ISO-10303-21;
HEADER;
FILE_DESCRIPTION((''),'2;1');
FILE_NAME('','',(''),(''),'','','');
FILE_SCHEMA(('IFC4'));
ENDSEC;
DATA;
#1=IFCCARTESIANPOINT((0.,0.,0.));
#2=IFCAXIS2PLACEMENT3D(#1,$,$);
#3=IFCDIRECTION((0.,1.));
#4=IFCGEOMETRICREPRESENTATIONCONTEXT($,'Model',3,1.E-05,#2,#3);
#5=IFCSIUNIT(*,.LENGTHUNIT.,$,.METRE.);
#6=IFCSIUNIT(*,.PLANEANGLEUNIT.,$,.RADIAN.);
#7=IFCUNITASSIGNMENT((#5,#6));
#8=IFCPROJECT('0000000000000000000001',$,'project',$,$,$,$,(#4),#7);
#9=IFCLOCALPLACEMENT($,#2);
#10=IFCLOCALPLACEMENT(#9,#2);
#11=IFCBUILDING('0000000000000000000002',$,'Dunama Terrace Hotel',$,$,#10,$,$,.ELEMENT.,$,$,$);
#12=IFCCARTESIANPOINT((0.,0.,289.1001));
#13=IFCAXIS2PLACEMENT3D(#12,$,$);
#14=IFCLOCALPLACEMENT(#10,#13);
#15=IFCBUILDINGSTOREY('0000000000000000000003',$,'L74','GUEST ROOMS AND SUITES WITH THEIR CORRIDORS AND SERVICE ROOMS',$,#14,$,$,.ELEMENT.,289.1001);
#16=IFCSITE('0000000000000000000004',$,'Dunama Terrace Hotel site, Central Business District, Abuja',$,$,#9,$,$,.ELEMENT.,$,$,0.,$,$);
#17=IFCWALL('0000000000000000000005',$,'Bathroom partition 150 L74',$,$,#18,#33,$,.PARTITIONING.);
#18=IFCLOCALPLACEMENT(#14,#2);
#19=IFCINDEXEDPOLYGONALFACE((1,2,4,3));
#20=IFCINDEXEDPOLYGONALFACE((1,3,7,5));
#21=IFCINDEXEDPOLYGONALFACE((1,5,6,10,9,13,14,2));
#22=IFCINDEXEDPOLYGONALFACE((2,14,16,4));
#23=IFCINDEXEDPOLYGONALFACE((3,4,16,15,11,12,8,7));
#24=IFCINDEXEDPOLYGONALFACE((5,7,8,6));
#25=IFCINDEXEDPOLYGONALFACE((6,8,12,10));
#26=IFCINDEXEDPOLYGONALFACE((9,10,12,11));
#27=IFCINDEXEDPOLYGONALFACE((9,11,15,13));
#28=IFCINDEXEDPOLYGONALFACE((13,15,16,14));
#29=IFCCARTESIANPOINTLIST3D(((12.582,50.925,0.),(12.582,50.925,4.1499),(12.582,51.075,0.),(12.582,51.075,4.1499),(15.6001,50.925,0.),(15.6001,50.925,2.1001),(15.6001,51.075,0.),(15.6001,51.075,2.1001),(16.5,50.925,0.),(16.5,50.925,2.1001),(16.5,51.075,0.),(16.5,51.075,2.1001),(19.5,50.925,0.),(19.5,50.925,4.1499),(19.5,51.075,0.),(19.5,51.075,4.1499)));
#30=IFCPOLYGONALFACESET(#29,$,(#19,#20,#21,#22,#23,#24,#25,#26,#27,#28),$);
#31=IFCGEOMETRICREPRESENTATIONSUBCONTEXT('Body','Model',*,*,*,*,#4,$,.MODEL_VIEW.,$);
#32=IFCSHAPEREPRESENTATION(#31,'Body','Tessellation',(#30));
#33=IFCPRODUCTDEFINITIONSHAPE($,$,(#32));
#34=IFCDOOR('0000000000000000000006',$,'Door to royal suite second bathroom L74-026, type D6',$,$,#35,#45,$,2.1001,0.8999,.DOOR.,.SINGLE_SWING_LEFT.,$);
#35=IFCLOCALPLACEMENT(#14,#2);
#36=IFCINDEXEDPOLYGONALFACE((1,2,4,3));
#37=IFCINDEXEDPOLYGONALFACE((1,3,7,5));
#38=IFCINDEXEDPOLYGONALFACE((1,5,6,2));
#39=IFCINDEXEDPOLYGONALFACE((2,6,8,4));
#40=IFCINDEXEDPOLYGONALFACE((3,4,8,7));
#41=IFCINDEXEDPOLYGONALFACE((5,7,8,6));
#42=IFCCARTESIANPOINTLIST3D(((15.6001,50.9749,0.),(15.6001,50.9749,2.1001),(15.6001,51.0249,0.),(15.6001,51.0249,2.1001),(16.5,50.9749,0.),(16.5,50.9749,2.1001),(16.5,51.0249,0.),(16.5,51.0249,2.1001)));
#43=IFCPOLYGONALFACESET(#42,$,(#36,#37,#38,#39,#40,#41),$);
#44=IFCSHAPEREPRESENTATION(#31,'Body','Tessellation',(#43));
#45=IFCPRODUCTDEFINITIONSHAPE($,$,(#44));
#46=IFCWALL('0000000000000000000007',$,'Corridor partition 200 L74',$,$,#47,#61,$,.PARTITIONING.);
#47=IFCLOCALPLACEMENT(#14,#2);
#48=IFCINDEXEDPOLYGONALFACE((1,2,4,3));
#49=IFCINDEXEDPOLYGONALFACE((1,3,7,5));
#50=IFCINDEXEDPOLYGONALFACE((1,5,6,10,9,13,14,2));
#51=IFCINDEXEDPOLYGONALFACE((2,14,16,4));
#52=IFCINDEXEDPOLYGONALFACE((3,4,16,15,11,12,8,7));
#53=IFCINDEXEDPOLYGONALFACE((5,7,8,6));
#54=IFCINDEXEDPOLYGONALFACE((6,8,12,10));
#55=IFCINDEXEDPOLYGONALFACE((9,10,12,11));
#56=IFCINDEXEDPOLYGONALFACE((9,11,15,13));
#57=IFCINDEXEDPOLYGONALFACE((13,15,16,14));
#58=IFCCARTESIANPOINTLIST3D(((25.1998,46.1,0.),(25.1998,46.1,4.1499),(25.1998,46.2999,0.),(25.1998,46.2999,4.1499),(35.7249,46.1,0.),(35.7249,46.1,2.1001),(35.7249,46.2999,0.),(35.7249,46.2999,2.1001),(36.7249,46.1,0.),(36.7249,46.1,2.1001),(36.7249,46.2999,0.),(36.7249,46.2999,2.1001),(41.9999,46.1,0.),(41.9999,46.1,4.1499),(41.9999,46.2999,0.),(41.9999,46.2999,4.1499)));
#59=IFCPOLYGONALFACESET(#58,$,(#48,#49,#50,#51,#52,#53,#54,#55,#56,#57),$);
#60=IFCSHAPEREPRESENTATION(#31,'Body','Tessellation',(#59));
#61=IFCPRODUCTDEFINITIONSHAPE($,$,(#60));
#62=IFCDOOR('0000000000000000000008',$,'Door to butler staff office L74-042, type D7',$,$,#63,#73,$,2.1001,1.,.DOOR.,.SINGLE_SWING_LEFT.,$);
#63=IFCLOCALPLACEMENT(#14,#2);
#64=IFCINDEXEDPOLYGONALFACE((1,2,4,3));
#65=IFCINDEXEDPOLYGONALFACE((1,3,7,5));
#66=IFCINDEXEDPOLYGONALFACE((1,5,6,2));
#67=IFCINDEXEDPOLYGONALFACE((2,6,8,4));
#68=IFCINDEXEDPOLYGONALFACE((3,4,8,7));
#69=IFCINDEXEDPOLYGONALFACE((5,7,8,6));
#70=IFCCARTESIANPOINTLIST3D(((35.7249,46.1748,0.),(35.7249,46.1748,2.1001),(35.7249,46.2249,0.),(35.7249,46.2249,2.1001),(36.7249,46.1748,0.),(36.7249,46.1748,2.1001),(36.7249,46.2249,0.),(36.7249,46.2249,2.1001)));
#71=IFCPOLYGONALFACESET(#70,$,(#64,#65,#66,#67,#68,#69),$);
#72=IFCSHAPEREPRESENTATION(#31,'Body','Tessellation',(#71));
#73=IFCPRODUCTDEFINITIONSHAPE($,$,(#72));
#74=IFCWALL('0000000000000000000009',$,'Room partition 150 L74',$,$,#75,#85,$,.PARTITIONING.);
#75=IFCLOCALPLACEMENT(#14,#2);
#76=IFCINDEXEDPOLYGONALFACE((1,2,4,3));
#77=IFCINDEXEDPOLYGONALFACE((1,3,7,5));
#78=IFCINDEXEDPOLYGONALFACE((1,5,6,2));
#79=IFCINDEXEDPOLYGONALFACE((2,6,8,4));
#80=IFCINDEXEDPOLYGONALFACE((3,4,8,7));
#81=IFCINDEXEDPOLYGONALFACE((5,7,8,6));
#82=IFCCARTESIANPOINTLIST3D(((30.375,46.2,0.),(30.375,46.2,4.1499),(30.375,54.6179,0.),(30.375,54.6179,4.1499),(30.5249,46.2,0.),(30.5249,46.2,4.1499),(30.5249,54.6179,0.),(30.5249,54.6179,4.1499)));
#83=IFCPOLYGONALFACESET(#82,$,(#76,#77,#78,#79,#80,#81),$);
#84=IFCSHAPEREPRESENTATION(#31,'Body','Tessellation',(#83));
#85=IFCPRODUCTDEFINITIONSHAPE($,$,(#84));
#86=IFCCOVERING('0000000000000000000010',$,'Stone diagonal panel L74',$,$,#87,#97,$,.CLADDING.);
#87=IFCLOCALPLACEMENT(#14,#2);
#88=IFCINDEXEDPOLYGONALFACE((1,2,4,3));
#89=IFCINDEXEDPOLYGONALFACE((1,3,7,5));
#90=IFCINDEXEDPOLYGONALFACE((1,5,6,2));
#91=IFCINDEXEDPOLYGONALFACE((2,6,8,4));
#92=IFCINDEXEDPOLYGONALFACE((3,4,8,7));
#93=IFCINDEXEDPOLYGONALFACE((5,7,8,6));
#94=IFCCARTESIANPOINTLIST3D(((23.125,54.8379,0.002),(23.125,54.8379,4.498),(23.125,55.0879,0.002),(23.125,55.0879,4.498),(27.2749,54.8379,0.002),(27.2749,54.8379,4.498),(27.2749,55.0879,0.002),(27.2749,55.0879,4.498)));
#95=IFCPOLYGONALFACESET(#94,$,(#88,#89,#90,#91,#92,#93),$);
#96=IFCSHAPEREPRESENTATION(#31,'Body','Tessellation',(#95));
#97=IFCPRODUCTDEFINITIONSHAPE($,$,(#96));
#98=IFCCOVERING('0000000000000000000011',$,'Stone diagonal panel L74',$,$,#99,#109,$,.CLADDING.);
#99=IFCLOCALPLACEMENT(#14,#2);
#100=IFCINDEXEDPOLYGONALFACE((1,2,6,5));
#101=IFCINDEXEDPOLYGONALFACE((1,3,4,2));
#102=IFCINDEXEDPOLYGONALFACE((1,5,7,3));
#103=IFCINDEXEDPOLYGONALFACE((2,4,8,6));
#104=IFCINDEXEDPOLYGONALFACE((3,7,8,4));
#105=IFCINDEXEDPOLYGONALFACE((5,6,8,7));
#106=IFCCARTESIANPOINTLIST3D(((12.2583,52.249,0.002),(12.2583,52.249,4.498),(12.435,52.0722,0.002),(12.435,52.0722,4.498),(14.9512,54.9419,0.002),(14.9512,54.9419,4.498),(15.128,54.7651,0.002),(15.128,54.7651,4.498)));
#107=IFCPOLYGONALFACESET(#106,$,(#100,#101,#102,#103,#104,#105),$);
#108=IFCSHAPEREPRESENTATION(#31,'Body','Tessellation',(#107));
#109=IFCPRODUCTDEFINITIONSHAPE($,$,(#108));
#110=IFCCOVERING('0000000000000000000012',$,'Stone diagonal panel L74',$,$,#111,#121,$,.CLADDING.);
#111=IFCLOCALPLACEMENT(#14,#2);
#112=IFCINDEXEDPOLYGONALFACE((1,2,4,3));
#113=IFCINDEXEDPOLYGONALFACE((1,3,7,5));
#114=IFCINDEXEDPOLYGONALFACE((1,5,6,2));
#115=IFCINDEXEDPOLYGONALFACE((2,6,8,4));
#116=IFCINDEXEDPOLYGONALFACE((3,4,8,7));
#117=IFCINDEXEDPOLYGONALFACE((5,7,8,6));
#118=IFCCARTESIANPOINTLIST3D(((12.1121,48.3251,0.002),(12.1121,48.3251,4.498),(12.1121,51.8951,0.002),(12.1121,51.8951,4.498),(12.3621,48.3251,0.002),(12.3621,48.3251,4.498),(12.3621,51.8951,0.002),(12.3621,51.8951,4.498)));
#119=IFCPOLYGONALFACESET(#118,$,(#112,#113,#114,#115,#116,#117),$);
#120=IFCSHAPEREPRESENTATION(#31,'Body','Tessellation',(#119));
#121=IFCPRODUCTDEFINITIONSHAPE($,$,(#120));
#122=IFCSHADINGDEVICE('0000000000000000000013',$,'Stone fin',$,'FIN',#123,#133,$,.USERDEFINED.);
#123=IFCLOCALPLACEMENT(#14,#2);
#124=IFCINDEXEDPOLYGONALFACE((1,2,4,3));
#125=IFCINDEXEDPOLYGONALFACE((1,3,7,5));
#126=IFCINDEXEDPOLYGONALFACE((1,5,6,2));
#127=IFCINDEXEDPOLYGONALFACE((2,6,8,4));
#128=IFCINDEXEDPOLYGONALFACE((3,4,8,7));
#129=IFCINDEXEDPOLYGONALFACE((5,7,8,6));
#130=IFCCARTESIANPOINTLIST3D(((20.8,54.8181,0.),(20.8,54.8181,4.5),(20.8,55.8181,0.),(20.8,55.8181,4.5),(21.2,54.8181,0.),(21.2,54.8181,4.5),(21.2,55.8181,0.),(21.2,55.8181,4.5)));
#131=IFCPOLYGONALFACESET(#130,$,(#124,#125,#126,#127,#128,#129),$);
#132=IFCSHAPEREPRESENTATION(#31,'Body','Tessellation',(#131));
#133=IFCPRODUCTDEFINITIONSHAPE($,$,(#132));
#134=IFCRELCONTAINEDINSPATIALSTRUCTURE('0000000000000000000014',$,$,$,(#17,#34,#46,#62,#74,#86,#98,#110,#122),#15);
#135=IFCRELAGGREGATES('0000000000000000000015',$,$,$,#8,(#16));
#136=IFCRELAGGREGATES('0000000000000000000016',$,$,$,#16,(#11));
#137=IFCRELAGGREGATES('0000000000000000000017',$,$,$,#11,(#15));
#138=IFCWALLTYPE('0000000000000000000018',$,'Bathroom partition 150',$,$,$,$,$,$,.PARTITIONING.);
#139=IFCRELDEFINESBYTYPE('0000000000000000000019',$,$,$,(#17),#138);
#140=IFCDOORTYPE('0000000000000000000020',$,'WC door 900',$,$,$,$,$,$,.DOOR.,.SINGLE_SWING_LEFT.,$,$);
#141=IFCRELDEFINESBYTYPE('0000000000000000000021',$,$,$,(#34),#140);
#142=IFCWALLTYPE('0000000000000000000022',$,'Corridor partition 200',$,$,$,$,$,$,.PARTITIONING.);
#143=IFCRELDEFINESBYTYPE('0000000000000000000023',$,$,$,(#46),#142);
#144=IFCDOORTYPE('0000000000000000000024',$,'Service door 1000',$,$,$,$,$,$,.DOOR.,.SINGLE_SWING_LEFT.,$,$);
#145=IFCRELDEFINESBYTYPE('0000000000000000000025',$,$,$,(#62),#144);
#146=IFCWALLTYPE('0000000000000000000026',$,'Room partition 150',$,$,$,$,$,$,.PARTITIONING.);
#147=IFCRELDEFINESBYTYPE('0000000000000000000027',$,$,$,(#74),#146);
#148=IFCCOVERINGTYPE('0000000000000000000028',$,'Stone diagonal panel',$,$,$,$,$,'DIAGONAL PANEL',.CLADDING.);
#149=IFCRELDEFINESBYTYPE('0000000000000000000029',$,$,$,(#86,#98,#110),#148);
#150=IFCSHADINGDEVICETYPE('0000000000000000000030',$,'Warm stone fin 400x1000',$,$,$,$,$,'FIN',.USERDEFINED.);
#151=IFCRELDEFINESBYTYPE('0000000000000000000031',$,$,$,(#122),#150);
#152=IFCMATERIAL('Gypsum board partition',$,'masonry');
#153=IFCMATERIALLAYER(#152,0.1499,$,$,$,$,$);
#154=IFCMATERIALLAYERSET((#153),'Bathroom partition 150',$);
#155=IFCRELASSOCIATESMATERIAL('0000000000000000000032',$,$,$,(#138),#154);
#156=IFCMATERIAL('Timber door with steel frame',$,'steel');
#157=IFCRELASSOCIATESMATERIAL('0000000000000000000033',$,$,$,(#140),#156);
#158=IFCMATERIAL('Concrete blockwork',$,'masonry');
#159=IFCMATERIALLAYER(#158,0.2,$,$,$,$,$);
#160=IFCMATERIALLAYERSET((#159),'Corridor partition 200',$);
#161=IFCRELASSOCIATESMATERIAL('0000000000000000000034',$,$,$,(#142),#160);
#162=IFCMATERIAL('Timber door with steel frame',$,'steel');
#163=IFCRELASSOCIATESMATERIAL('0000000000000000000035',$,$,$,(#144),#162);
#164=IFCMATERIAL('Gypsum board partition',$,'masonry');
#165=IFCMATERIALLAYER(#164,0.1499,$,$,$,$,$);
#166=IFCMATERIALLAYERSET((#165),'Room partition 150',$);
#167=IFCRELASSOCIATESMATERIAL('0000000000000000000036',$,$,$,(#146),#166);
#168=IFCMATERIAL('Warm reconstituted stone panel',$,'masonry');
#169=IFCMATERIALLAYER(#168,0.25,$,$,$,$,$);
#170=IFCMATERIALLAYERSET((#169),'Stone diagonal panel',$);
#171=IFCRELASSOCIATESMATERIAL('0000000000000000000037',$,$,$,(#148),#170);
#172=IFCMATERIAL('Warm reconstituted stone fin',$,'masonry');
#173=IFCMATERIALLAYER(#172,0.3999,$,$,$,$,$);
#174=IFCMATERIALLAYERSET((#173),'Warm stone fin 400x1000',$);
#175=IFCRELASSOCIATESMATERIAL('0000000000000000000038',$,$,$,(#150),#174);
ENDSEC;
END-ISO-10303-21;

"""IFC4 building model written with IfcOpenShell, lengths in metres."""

from ifc_helpers import new_model, si_unit, direction, frame, frame_2d, origin, origin_2d, place, context, subcontext, project, spatial, rectangle, extrude, material, layer, layer_set, type_object, element, fill, save


model = new_model("IFC4")

# Units and contexts
model_context = context("Model", 3, precision=1e-05, world=origin(), true_north=direction((0.0, 1.0)))
body_context = subcontext(model_context, "Body", "Model", "MODEL_VIEW")
ifc_project = project(units=[si_unit("LENGTHUNIT", "METRE"), si_unit("PLANEANGLEUNIT", "RADIAN")], contexts=[model_context])

# Site, building, storey
site_placement = place(None, origin())
site = spatial("IfcSite", under=ifc_project, at=site_placement, Name="Dunama Terrace Hotel site, Central Business District, Abuja", CompositionType="ELEMENT", RefElevation=0.0)
building_placement = place(site_placement, origin())
building = spatial("IfcBuilding", under=site, at=building_placement, Name="Dunama Terrace Hotel", CompositionType="ELEMENT")
storey_placement = place(building_placement, frame((0.0, 0.0, 289.1001)))
storey = spatial("IfcBuildingStorey", under=building, at=storey_placement, Name="L74", Description="GUEST ROOMS AND SUITES WITH THEIR CORRIDORS AND SERVICE ROOMS", CompositionType="ELEMENT", Elevation=289.1001)

# Walls, openings, doors
ifc_material_1 = material(Name="Gypsum board partition", Category="masonry")
ifc_layer_1 = layer(ifc_material_1, 0.1499)
ifc_layer_set_1 = layer_set([ifc_layer_1], Name="Bathroom partition 150")
wall_type_1 = type_object("IfcWallType", Name="Bathroom partition 150", PredefinedType="PARTITIONING", material=ifc_layer_set_1)
wall_1_placement = place(storey_placement, frame((12.582, 51.0, 0.0), z_axis=(0.0, 0.0, 1.0), x_axis=(1.0, 0.0, 0.0)))
wall_1 = element("IfcWall", 1, at=wall_1_placement, inside=storey, type_object=wall_type_1, Name="Bathroom partition 150 L74", PredefinedType="PARTITIONING", context=body_context, shape_type="SweptSolid", body=[
    extrude(rectangle(XDim=6.918, YDim=0.1499, at=frame_2d((3.459, 0.0))), origin(), (0.0, 0.0, 1.0), 4.1499),
])
opening_1_placement = place(wall_1_placement, frame((3.0181, 0.0, 0.0)))
opening_1 = element("IfcOpeningElement", 2, at=opening_1_placement, cuts=wall_1, PredefinedType="OPENING", context=body_context, shape_type="SweptSolid", body=[
    extrude(rectangle(XDim=0.8999, YDim=2.1001, at=frame_2d((0.45, 1.05))), frame((0.0, 0.085, 0.0), z_axis=(0.0, -1.0, 0.0), x_axis=(1.0, 0.0, 0.0)), (0.0, 0.0, 1.0), 0.1699),
])
ifc_material_2 = material(Name="Timber door with steel frame", Category="steel")
door_type_1 = type_object("IfcDoorType", Name="WC door 900", OperationType="SINGLE_SWING_LEFT", PredefinedType="DOOR", material=ifc_material_2)
door_1_placement = place(opening_1_placement, origin())
door_1 = element("IfcDoor", 3, at=door_1_placement, inside=storey, type_object=door_type_1, Name="Door to royal suite second bathroom L74-026, type D6", OperationType="SINGLE_SWING_LEFT", OverallHeight=2.1001, OverallWidth=0.8999, PredefinedType="DOOR", context=body_context, shape_type="SweptSolid", body=[
    extrude(rectangle(XDim=0.8999, YDim=2.1001, at=frame_2d((0.45, 1.05))), frame((0.0, 0.0249, 0.0), z_axis=(0.0, -1.0, 0.0), x_axis=(1.0, 0.0, 0.0)), (0.0, 0.0, 1.0), 0.05),
])
fill(opening_1, door_1)
ifc_material_3 = material(Name="Concrete blockwork", Category="masonry")
ifc_layer_2 = layer(ifc_material_3, 0.2)
ifc_layer_set_2 = layer_set([ifc_layer_2], Name="Corridor partition 200")
wall_type_2 = type_object("IfcWallType", Name="Corridor partition 200", PredefinedType="PARTITIONING", material=ifc_layer_set_2)
wall_2_placement = place(storey_placement, frame((25.2, 46.2, 0.0), z_axis=(0.0, 0.0, 1.0), x_axis=(1.0, 0.0, 0.0)))
wall_2 = element("IfcWall", 4, at=wall_2_placement, inside=storey, type_object=wall_type_2, Name="Corridor partition 200 L74", PredefinedType="PARTITIONING", context=body_context, shape_type="SweptSolid", body=[
    extrude(rectangle(XDim=16.8, YDim=0.2, at=frame_2d((8.3999, 0.0))), origin(), (0.0, 0.0, 1.0), 4.1499),
])
opening_2_placement = place(wall_2_placement, frame((10.5249, 0.0, 0.0)))
opening_2 = element("IfcOpeningElement", 5, at=opening_2_placement, cuts=wall_2, PredefinedType="OPENING", context=body_context, shape_type="SweptSolid", body=[
    extrude(rectangle(XDim=1.0, YDim=2.1001, at=frame_2d((0.5, 1.05))), frame((0.0, 0.1099, 0.0), z_axis=(0.0, -1.0, 0.0), x_axis=(1.0, 0.0, 0.0)), (0.0, 0.0, 1.0), 0.22),
])
ifc_material_4 = material(Name="Timber door with steel frame", Category="steel")
door_type_2 = type_object("IfcDoorType", Name="Service door 1000", OperationType="SINGLE_SWING_LEFT", PredefinedType="DOOR", material=ifc_material_4)
door_2_placement = place(opening_2_placement, origin())
door_2 = element("IfcDoor", 6, at=door_2_placement, inside=storey, type_object=door_type_2, Name="Door to butler staff office L74-042, type D7", OperationType="SINGLE_SWING_LEFT", OverallHeight=2.1001, OverallWidth=1.0, PredefinedType="DOOR", context=body_context, shape_type="SweptSolid", body=[
    extrude(rectangle(XDim=1.0, YDim=2.1001, at=frame_2d((0.5, 1.05))), frame((0.0, 0.0249, 0.0), z_axis=(0.0, -1.0, 0.0), x_axis=(1.0, 0.0, 0.0)), (0.0, 0.0, 1.0), 0.05),
])
fill(opening_2, door_2)

# Wall
ifc_material_5 = material(Name="Gypsum board partition", Category="masonry")
ifc_layer_3 = layer(ifc_material_5, 0.1499)
ifc_layer_set_3 = layer_set([ifc_layer_3], Name="Room partition 150")
wall_type_3 = type_object("IfcWallType", Name="Room partition 150", PredefinedType="PARTITIONING", material=ifc_layer_set_3)
wall_3_placement = place(storey_placement, frame((30.45, 46.2, 0.0), z_axis=(0.0, 0.0, 1.0), x_axis=(0.0, 1.0, 0.0)))
element("IfcWall", 7, at=wall_3_placement, inside=storey, type_object=wall_type_3, Name="Room partition 150 L74", PredefinedType="PARTITIONING", context=body_context, shape_type="SweptSolid", body=[
    extrude(rectangle(XDim=8.418, YDim=0.1499, at=frame_2d((4.209, 0.0))), origin(), (0.0, 0.0, 1.0), 4.1499),
])

# Coverings
ifc_material_6 = material(Name="Warm reconstituted stone panel", Category="masonry")
ifc_layer_4 = layer(ifc_material_6, 0.25)
ifc_layer_set_4 = layer_set([ifc_layer_4], Name="Stone diagonal panel")
covering_type = type_object("IfcCoveringType", Name="Stone diagonal panel", ElementType="DIAGONAL PANEL", PredefinedType="CLADDING", material=ifc_layer_set_4)
covering_1_placement = place(storey_placement, frame((25.2, 54.9629, 0.002), z_axis=(0.0, 0.0, 1.0), x_axis=(-1.0, 0.0, 0.0)))
element("IfcCovering", 8, at=covering_1_placement, inside=storey, type_object=covering_type, Name="Stone diagonal panel L74", PredefinedType="CLADDING", context=body_context, shape_type="SweptSolid", body=[
    extrude(rectangle(XDim=4.1499, YDim=0.25, at=origin_2d()), origin(), (0.0, 0.0, 1.0), 4.4961),
])
covering_2_placement = place(storey_placement, frame((13.6931, 53.5071, 0.002), z_axis=(0.0, 0.0, 1.0), x_axis=(-0.707107, -0.707107, 0.0)))
element("IfcCovering", 9, at=covering_2_placement, inside=storey, type_object=covering_type, Name="Stone diagonal panel L74", PredefinedType="CLADDING", context=body_context, shape_type="SweptSolid", body=[
    extrude(rectangle(XDim=3.8083, YDim=0.25, at=origin_2d()), origin(), (0.0, 0.0, 1.0), 4.4961),
])
covering_3_placement = place(storey_placement, frame((12.2371, 50.1101, 0.002), z_axis=(0.0, 0.0, 1.0), x_axis=(0.0, -1.0, 0.0)))
element("IfcCovering", 10, at=covering_3_placement, inside=storey, type_object=covering_type, Name="Stone diagonal panel L74", PredefinedType="CLADDING", context=body_context, shape_type="SweptSolid", body=[
    extrude(rectangle(XDim=3.5701, YDim=0.25, at=origin_2d()), origin(), (0.0, 0.0, 1.0), 4.4961),
])

# Shading device
ifc_material_7 = material(Name="Warm reconstituted stone fin", Category="masonry")
ifc_layer_5 = layer(ifc_material_7, 0.3999)
ifc_layer_set_5 = layer_set([ifc_layer_5], Name="Warm stone fin 400x1000")
shading_device_type = type_object("IfcShadingDeviceType", Name="Warm stone fin 400x1000", ElementType="FIN", PredefinedType="USERDEFINED", material=ifc_layer_set_5)
shading_device_placement = place(storey_placement, frame((21.0, 55.3181, 0.0), z_axis=(0.0, 0.0, 1.0), x_axis=(-1.0, 0.0, 0.0)))
element("IfcShadingDevice", 11, at=shading_device_placement, inside=storey, type_object=shading_device_type, Name="Stone fin", ObjectType="FIN", PredefinedType="USERDEFINED", context=body_context, shape_type="SweptSolid", body=[
    extrude(rectangle(XDim=0.3999, YDim=1.0, at=origin_2d()), origin(), (0.0, 0.0, 1.0), 4.5),
])

save(model, "model.ifc")
